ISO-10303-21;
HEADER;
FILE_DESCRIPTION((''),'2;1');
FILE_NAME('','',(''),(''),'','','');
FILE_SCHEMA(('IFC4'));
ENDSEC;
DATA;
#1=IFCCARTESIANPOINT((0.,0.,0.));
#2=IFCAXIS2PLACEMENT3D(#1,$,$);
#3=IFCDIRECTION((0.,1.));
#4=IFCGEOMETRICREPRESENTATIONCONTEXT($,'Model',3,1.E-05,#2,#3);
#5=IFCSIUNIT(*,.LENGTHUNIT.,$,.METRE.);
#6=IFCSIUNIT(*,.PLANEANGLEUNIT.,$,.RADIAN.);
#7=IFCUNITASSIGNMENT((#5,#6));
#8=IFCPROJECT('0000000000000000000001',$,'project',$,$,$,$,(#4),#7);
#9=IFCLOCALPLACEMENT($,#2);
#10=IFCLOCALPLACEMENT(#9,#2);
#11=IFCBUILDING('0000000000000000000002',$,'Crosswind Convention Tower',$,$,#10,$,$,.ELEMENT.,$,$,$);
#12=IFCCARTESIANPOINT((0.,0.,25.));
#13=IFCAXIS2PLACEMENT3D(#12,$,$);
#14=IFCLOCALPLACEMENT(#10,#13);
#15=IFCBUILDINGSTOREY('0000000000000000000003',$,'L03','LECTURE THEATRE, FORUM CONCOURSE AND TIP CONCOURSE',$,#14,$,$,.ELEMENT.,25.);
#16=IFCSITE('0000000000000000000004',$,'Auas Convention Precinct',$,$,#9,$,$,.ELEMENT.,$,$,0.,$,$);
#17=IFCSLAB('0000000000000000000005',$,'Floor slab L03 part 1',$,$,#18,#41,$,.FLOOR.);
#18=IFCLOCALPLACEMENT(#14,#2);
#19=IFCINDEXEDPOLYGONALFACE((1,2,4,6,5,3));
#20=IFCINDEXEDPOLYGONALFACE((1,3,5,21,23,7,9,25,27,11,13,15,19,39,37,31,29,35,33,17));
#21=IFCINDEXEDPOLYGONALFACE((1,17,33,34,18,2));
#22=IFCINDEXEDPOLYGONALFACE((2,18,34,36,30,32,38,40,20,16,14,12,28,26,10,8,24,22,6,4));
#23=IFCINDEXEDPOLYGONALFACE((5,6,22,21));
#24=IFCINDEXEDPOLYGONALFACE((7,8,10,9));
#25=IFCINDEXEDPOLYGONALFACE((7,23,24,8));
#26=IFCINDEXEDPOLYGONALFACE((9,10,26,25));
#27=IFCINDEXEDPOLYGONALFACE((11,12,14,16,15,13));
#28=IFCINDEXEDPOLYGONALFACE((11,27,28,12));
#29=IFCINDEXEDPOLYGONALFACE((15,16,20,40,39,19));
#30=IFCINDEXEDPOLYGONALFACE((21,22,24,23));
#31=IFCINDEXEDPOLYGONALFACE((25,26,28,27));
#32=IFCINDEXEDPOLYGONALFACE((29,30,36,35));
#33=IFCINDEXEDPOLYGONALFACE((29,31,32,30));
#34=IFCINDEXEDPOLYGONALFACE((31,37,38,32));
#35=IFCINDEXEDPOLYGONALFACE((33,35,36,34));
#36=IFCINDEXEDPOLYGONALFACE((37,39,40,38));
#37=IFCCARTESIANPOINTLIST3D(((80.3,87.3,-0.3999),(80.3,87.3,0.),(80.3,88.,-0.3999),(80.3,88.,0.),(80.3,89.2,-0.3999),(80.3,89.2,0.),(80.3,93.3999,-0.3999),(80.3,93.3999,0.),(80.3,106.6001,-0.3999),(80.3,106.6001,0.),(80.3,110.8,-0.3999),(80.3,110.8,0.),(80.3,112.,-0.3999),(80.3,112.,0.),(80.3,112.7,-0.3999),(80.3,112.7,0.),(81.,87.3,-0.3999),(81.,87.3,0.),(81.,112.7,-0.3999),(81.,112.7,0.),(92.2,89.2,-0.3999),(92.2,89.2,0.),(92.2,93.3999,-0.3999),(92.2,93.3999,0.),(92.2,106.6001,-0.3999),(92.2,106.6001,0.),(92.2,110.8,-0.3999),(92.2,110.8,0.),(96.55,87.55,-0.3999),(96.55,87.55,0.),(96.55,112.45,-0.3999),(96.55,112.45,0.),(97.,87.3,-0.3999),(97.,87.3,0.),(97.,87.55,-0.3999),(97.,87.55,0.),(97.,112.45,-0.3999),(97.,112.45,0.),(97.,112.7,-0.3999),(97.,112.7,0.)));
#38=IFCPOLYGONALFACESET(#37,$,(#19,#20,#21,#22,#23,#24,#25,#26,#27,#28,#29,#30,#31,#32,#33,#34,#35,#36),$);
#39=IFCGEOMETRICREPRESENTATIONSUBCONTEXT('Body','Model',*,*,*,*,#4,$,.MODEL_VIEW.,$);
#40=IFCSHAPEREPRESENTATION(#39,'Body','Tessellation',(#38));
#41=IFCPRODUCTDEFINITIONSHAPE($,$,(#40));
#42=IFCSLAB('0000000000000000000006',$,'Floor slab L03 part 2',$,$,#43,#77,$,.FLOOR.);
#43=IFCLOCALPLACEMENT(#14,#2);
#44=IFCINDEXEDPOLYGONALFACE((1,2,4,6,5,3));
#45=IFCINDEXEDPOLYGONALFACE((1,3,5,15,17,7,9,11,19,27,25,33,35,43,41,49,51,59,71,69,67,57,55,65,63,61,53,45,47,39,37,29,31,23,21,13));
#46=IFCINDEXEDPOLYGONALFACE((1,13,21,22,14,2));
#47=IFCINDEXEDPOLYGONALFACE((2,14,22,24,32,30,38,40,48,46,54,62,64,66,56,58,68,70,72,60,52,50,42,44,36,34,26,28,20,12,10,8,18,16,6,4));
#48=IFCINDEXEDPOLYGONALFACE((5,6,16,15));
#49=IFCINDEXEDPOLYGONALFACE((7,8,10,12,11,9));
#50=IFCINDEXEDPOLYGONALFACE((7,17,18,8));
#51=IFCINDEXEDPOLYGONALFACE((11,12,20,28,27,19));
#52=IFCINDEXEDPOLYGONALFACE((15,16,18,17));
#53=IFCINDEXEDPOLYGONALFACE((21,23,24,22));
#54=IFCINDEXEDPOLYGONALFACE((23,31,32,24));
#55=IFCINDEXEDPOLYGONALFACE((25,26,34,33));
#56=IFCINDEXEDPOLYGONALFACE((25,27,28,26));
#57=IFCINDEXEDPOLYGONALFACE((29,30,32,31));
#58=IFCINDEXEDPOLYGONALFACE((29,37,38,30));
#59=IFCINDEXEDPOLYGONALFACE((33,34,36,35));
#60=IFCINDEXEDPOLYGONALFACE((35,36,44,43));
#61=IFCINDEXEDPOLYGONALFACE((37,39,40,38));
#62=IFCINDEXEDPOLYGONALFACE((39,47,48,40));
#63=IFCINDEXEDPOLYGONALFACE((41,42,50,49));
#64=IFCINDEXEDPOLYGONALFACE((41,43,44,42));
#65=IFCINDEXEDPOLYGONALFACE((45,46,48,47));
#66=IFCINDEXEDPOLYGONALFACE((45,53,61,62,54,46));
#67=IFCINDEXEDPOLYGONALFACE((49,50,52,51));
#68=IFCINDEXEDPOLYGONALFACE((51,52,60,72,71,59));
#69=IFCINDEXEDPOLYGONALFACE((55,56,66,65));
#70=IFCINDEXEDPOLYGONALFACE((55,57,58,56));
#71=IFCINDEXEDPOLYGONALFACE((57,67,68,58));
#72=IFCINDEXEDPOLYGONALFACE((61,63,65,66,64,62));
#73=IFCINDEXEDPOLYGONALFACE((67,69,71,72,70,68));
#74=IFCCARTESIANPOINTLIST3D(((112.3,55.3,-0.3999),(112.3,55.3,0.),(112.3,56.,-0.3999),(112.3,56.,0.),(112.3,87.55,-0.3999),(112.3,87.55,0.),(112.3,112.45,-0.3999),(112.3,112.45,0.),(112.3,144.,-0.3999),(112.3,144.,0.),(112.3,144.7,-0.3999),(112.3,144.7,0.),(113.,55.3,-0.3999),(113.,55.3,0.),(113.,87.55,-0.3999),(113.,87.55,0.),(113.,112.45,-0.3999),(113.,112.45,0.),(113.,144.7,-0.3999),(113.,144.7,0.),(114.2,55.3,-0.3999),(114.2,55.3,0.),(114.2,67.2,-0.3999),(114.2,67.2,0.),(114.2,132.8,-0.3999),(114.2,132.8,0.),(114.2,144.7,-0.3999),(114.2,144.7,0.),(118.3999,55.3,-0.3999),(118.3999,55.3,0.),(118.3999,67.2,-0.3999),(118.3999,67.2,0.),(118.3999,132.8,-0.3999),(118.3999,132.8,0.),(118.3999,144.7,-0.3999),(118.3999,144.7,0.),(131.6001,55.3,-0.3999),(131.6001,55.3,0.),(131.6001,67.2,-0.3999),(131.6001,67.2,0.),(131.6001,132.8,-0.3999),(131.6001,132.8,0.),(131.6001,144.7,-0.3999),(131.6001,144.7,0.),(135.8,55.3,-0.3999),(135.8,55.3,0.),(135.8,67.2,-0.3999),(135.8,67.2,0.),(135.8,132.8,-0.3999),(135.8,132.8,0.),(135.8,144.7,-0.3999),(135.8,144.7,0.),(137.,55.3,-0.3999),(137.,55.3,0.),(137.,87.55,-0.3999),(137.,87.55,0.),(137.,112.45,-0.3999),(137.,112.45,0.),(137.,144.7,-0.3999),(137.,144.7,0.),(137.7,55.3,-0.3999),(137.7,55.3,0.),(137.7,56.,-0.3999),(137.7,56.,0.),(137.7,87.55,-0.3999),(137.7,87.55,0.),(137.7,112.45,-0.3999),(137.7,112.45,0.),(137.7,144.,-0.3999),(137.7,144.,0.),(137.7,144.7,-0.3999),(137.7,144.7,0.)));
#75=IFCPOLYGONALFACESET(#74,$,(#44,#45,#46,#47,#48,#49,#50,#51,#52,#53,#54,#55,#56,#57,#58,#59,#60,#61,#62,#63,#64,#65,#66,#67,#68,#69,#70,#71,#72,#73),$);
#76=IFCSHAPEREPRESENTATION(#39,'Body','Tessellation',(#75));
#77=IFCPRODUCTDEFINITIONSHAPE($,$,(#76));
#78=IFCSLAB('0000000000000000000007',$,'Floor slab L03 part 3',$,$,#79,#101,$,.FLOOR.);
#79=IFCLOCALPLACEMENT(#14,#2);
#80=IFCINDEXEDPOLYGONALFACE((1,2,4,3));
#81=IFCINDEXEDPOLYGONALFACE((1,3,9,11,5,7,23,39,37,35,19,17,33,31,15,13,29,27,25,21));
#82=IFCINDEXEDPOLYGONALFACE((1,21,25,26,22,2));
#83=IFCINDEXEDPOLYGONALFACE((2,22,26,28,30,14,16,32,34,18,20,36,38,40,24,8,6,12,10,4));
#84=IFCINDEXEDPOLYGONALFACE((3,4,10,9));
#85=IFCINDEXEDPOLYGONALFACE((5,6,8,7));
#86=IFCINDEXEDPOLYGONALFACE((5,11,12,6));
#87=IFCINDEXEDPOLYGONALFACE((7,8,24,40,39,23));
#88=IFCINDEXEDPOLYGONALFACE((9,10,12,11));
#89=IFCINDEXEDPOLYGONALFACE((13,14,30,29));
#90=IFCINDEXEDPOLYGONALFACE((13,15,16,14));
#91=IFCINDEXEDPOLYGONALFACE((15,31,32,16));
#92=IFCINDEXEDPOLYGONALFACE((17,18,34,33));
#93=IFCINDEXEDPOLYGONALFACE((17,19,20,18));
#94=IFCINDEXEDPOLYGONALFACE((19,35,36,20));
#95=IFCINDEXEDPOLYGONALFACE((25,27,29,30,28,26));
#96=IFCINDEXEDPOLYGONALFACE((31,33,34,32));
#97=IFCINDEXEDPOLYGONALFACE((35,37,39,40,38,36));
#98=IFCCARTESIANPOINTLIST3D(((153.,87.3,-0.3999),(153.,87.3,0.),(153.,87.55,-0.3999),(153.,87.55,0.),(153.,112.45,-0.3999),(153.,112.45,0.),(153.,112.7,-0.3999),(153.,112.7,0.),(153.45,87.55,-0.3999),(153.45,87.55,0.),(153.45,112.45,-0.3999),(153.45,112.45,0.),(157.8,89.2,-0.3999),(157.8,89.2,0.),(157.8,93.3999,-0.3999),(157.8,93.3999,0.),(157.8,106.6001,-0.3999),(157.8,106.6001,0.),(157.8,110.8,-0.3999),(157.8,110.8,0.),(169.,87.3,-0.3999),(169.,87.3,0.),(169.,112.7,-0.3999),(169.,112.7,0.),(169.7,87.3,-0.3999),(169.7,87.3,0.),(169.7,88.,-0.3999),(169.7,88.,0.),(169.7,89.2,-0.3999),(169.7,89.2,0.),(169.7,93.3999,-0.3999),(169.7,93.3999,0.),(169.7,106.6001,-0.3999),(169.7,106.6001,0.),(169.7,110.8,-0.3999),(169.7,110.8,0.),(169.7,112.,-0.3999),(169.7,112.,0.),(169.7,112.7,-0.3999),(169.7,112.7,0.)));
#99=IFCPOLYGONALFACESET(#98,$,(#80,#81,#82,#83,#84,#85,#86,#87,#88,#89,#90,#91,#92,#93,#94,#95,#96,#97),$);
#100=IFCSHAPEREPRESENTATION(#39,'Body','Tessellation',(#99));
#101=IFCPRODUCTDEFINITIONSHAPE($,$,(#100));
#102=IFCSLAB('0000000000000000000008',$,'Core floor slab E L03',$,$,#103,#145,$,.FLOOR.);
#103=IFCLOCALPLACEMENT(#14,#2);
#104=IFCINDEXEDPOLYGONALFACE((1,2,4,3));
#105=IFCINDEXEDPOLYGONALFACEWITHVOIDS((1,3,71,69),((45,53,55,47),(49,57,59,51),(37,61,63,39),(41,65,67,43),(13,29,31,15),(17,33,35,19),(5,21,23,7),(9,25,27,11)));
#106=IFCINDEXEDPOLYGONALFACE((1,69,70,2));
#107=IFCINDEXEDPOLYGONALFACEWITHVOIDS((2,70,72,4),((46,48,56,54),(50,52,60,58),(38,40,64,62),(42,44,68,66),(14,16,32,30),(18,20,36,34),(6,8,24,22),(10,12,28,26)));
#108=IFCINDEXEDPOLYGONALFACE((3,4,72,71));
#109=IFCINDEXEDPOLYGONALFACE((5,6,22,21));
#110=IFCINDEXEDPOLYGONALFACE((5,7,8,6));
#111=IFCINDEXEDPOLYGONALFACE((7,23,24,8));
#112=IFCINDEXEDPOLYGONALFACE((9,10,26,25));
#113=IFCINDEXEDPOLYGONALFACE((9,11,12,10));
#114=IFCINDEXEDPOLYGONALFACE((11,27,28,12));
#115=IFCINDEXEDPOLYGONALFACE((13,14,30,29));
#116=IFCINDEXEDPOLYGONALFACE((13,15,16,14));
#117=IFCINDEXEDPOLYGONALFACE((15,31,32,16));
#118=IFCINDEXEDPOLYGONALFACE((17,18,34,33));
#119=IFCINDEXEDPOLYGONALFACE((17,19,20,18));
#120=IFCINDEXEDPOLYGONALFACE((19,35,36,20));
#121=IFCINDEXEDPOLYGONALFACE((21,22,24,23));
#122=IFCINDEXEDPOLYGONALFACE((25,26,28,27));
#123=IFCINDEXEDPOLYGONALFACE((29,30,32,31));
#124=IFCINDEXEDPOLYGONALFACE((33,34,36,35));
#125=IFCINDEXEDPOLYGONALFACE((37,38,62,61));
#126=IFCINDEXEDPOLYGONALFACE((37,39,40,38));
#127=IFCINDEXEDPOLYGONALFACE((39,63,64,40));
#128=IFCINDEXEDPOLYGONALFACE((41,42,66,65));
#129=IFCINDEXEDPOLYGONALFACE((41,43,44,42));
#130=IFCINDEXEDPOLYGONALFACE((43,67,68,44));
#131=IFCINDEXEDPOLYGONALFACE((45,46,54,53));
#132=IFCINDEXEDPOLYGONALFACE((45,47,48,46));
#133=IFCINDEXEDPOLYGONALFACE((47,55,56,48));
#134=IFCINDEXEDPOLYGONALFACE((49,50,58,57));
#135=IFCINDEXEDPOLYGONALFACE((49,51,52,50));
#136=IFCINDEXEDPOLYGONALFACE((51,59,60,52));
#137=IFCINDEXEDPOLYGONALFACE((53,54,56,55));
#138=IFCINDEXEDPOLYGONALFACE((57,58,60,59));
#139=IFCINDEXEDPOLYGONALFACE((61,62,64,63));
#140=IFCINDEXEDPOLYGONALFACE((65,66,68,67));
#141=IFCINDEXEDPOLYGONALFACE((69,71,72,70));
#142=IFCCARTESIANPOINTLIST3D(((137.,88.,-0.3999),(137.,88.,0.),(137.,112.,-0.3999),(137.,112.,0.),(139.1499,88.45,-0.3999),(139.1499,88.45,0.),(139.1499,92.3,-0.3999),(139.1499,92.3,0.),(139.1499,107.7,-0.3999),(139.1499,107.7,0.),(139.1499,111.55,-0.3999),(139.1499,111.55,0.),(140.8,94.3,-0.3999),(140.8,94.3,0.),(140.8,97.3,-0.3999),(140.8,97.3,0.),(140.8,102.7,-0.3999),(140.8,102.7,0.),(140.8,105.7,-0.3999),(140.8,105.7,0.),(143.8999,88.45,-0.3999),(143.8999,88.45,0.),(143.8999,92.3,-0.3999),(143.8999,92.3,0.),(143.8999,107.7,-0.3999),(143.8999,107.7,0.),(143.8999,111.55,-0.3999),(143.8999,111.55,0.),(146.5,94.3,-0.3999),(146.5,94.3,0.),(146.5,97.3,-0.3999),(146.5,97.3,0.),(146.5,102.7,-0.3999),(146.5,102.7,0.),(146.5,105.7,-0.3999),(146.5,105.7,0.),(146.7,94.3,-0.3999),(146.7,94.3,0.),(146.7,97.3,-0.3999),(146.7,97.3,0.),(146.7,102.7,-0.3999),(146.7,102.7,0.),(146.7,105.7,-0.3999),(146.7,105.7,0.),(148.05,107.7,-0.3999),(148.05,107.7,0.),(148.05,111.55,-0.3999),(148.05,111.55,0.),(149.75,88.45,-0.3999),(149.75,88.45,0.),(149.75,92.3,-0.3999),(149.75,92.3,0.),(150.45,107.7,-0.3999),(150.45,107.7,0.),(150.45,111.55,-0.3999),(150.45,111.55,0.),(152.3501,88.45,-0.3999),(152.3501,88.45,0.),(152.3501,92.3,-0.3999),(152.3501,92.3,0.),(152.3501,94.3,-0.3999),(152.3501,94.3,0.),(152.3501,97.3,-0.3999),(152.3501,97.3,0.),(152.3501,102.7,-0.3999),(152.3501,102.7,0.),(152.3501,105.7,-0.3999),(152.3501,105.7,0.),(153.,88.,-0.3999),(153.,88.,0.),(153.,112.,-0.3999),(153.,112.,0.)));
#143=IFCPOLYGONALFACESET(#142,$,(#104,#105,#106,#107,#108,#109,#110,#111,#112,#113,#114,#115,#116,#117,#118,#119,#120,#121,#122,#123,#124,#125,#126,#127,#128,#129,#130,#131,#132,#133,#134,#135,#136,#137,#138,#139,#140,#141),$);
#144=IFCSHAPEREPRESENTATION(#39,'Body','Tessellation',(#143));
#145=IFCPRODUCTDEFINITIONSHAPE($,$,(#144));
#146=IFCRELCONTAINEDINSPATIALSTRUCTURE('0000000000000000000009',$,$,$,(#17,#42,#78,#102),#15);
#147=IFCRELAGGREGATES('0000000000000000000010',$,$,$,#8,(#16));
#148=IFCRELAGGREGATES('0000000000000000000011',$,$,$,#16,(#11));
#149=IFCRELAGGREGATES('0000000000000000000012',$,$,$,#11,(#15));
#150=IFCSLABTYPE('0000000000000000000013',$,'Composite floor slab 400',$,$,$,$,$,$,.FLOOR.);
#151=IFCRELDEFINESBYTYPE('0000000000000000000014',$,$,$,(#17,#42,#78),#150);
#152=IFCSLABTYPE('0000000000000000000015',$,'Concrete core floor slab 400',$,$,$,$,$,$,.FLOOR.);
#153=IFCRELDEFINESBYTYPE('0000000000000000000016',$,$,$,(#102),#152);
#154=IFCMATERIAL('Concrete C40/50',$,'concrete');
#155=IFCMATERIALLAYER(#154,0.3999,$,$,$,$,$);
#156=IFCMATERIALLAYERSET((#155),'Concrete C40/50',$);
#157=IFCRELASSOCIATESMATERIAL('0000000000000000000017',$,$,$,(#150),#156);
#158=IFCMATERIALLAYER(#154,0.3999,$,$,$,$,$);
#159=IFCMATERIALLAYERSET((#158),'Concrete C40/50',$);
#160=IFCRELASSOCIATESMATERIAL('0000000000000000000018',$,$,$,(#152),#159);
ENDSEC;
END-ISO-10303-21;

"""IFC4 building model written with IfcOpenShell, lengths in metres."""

from ifc_helpers import new_model, si_unit, direction, frame, origin, place, context, subcontext, project, spatial, polyline, outline, extrude, material, layer, layer_set, type_object, element, save


model = new_model("IFC4")

# Units and contexts
model_context = context("Model", 3, precision=1e-05, world=origin(), true_north=direction((0.0, 1.0)))
body_context = subcontext(model_context, "Body", "Model", "MODEL_VIEW")
ifc_project = project(units=[si_unit("LENGTHUNIT", "METRE"), si_unit("PLANEANGLEUNIT", "RADIAN")], contexts=[model_context])

# Site, building, storey
site_placement = place(None, origin())
site = spatial("IfcSite", under=ifc_project, at=site_placement, Name="Auas Convention Precinct", CompositionType="ELEMENT", RefElevation=0.0)
building_placement = place(site_placement, origin())
building = spatial("IfcBuilding", under=site, at=building_placement, Name="Crosswind Convention Tower", CompositionType="ELEMENT")
storey_placement = place(building_placement, frame((0.0, 0.0, 25.0)))
storey = spatial("IfcBuildingStorey", under=building, at=storey_placement, Name="L03", Description="LECTURE THEATRE, FORUM CONCOURSE AND TIP CONCOURSE", CompositionType="ELEMENT", Elevation=25.0)

# Slabs
ifc_material = material(Name="Concrete C40/50", Category="concrete")
ifc_layer_1 = layer(ifc_material, 0.3999)
ifc_layer_set_1 = layer_set([ifc_layer_1], Name="Concrete C40/50")
slab_type_1 = type_object("IfcSlabType", Name="Composite floor slab 400", PredefinedType="FLOOR", material=ifc_layer_set_1)
slab_1_placement = place(storey_placement, frame((0.0, 0.0, -0.3999)))
element("IfcSlab", 1, at=slab_1_placement, inside=storey, type_object=slab_type_1, Name="Floor slab L03 part 1", PredefinedType="FLOOR", context=body_context, shape_type="SweptSolid", body=[
    extrude(outline(polyline([(97.0, 112.45), (96.55, 112.45), (96.55, 87.55), (97.0, 87.55), (97.0, 87.3), (81.0, 87.3), (80.3, 87.3), (80.3, 88.0), (80.3, 89.2), (92.2, 89.2), (92.2, 93.3999), (80.3, 93.3999), (80.3, 106.6001), (92.2, 106.6001), (92.2, 110.8), (80.3, 110.8), (80.3, 112.0), (80.3, 112.7), (81.0, 112.7), (97.0, 112.7), (97.0, 112.45)])), origin(), (0.0, 0.0, 1.0), 0.3999),
])
slab_2_placement = place(storey_placement, frame((0.0, 0.0, -0.3999)))
element("IfcSlab", 2, at=slab_2_placement, inside=storey, type_object=slab_type_1, Name="Floor slab L03 part 2", PredefinedType="FLOOR", context=body_context, shape_type="SweptSolid", body=[
    extrude(outline(polyline([(114.2, 132.8), (118.3999, 132.8), (118.3999, 144.7), (131.6001, 144.7), (131.6001, 132.8), (135.8, 132.8), (135.8, 144.7), (137.0, 144.7), (137.7, 144.7), (137.7, 144.0), (137.7, 112.45), (137.0, 112.45), (137.0, 87.55), (137.7, 87.55), (137.7, 56.0), (137.7, 55.3), (137.0, 55.3), (135.8, 55.3), (135.8, 67.2), (131.6001, 67.2), (131.6001, 55.3), (118.3999, 55.3), (118.3999, 67.2), (114.2, 67.2), (114.2, 55.3), (113.0, 55.3), (112.3, 55.3), (112.3, 56.0), (112.3, 87.55), (113.0, 87.55), (113.0, 112.45), (112.3, 112.45), (112.3, 144.0), (112.3, 144.7), (113.0, 144.7), (114.2, 144.7), (114.2, 132.8)])), origin(), (0.0, 0.0, 1.0), 0.3999),
])
slab_3_placement = place(storey_placement, frame((0.0, 0.0, -0.3999)))
element("IfcSlab", 3, at=slab_3_placement, inside=storey, type_object=slab_type_1, Name="Floor slab L03 part 3", PredefinedType="FLOOR", context=body_context, shape_type="SweptSolid", body=[
    extrude(outline(polyline([(169.7, 93.3999), (157.8, 93.3999), (157.8, 89.2), (169.7, 89.2), (169.7, 88.0), (169.7, 87.3), (169.0, 87.3), (153.0, 87.3), (153.0, 87.55), (153.45, 87.55), (153.45, 112.45), (153.0, 112.45), (153.0, 112.7), (169.0, 112.7), (169.7, 112.7), (169.7, 112.0), (169.7, 110.8), (157.8, 110.8), (157.8, 106.6001), (169.7, 106.6001), (169.7, 93.3999)])), origin(), (0.0, 0.0, 1.0), 0.3999),
])
ifc_layer_2 = layer(ifc_material, 0.3999)
ifc_layer_set_2 = layer_set([ifc_layer_2], Name="Concrete C40/50")
slab_type_2 = type_object("IfcSlabType", Name="Concrete core floor slab 400", PredefinedType="FLOOR", material=ifc_layer_set_2)
slab_4_placement = place(storey_placement, frame((0.0, 0.0, -0.3999)))
element("IfcSlab", 4, at=slab_4_placement, inside=storey, type_object=slab_type_2, Name="Core floor slab E L03", PredefinedType="FLOOR", context=body_context, shape_type="SweptSolid", body=[
    extrude(outline(polyline([(137.0, 88.0), (153.0, 88.0), (153.0, 112.0), (137.0, 112.0), (137.0, 88.0)]), holes=[polyline([(146.5, 102.7), (146.5, 105.7), (140.8, 105.7), (140.8, 102.7), (146.5, 102.7)]), polyline([(152.3501, 102.7), (152.3501, 105.7), (146.7, 105.7), (146.7, 102.7), (152.3501, 102.7)]), polyline([(146.5, 94.3), (146.5, 97.3), (140.8, 97.3), (140.8, 94.3), (146.5, 94.3)]), polyline([(152.3501, 94.3), (152.3501, 97.3), (146.7, 97.3), (146.7, 94.3), (152.3501, 94.3)]), polyline([(150.45, 107.7), (150.45, 111.55), (148.05, 111.55), (148.05, 107.7), (150.45, 107.7)]), polyline([(152.3501, 88.45), (152.3501, 92.3), (149.75, 92.3), (149.75, 88.45), (152.3501, 88.45)]), polyline([(143.8999, 107.7), (143.8999, 111.55), (139.1499, 111.55), (139.1499, 107.7), (143.8999, 107.7)]), polyline([(143.8999, 88.45), (143.8999, 92.3), (139.1499, 92.3), (139.1499, 88.45), (143.8999, 88.45)])]), origin(), (0.0, 0.0, 1.0), 0.3999),
])

save(model, "model.ifc")
